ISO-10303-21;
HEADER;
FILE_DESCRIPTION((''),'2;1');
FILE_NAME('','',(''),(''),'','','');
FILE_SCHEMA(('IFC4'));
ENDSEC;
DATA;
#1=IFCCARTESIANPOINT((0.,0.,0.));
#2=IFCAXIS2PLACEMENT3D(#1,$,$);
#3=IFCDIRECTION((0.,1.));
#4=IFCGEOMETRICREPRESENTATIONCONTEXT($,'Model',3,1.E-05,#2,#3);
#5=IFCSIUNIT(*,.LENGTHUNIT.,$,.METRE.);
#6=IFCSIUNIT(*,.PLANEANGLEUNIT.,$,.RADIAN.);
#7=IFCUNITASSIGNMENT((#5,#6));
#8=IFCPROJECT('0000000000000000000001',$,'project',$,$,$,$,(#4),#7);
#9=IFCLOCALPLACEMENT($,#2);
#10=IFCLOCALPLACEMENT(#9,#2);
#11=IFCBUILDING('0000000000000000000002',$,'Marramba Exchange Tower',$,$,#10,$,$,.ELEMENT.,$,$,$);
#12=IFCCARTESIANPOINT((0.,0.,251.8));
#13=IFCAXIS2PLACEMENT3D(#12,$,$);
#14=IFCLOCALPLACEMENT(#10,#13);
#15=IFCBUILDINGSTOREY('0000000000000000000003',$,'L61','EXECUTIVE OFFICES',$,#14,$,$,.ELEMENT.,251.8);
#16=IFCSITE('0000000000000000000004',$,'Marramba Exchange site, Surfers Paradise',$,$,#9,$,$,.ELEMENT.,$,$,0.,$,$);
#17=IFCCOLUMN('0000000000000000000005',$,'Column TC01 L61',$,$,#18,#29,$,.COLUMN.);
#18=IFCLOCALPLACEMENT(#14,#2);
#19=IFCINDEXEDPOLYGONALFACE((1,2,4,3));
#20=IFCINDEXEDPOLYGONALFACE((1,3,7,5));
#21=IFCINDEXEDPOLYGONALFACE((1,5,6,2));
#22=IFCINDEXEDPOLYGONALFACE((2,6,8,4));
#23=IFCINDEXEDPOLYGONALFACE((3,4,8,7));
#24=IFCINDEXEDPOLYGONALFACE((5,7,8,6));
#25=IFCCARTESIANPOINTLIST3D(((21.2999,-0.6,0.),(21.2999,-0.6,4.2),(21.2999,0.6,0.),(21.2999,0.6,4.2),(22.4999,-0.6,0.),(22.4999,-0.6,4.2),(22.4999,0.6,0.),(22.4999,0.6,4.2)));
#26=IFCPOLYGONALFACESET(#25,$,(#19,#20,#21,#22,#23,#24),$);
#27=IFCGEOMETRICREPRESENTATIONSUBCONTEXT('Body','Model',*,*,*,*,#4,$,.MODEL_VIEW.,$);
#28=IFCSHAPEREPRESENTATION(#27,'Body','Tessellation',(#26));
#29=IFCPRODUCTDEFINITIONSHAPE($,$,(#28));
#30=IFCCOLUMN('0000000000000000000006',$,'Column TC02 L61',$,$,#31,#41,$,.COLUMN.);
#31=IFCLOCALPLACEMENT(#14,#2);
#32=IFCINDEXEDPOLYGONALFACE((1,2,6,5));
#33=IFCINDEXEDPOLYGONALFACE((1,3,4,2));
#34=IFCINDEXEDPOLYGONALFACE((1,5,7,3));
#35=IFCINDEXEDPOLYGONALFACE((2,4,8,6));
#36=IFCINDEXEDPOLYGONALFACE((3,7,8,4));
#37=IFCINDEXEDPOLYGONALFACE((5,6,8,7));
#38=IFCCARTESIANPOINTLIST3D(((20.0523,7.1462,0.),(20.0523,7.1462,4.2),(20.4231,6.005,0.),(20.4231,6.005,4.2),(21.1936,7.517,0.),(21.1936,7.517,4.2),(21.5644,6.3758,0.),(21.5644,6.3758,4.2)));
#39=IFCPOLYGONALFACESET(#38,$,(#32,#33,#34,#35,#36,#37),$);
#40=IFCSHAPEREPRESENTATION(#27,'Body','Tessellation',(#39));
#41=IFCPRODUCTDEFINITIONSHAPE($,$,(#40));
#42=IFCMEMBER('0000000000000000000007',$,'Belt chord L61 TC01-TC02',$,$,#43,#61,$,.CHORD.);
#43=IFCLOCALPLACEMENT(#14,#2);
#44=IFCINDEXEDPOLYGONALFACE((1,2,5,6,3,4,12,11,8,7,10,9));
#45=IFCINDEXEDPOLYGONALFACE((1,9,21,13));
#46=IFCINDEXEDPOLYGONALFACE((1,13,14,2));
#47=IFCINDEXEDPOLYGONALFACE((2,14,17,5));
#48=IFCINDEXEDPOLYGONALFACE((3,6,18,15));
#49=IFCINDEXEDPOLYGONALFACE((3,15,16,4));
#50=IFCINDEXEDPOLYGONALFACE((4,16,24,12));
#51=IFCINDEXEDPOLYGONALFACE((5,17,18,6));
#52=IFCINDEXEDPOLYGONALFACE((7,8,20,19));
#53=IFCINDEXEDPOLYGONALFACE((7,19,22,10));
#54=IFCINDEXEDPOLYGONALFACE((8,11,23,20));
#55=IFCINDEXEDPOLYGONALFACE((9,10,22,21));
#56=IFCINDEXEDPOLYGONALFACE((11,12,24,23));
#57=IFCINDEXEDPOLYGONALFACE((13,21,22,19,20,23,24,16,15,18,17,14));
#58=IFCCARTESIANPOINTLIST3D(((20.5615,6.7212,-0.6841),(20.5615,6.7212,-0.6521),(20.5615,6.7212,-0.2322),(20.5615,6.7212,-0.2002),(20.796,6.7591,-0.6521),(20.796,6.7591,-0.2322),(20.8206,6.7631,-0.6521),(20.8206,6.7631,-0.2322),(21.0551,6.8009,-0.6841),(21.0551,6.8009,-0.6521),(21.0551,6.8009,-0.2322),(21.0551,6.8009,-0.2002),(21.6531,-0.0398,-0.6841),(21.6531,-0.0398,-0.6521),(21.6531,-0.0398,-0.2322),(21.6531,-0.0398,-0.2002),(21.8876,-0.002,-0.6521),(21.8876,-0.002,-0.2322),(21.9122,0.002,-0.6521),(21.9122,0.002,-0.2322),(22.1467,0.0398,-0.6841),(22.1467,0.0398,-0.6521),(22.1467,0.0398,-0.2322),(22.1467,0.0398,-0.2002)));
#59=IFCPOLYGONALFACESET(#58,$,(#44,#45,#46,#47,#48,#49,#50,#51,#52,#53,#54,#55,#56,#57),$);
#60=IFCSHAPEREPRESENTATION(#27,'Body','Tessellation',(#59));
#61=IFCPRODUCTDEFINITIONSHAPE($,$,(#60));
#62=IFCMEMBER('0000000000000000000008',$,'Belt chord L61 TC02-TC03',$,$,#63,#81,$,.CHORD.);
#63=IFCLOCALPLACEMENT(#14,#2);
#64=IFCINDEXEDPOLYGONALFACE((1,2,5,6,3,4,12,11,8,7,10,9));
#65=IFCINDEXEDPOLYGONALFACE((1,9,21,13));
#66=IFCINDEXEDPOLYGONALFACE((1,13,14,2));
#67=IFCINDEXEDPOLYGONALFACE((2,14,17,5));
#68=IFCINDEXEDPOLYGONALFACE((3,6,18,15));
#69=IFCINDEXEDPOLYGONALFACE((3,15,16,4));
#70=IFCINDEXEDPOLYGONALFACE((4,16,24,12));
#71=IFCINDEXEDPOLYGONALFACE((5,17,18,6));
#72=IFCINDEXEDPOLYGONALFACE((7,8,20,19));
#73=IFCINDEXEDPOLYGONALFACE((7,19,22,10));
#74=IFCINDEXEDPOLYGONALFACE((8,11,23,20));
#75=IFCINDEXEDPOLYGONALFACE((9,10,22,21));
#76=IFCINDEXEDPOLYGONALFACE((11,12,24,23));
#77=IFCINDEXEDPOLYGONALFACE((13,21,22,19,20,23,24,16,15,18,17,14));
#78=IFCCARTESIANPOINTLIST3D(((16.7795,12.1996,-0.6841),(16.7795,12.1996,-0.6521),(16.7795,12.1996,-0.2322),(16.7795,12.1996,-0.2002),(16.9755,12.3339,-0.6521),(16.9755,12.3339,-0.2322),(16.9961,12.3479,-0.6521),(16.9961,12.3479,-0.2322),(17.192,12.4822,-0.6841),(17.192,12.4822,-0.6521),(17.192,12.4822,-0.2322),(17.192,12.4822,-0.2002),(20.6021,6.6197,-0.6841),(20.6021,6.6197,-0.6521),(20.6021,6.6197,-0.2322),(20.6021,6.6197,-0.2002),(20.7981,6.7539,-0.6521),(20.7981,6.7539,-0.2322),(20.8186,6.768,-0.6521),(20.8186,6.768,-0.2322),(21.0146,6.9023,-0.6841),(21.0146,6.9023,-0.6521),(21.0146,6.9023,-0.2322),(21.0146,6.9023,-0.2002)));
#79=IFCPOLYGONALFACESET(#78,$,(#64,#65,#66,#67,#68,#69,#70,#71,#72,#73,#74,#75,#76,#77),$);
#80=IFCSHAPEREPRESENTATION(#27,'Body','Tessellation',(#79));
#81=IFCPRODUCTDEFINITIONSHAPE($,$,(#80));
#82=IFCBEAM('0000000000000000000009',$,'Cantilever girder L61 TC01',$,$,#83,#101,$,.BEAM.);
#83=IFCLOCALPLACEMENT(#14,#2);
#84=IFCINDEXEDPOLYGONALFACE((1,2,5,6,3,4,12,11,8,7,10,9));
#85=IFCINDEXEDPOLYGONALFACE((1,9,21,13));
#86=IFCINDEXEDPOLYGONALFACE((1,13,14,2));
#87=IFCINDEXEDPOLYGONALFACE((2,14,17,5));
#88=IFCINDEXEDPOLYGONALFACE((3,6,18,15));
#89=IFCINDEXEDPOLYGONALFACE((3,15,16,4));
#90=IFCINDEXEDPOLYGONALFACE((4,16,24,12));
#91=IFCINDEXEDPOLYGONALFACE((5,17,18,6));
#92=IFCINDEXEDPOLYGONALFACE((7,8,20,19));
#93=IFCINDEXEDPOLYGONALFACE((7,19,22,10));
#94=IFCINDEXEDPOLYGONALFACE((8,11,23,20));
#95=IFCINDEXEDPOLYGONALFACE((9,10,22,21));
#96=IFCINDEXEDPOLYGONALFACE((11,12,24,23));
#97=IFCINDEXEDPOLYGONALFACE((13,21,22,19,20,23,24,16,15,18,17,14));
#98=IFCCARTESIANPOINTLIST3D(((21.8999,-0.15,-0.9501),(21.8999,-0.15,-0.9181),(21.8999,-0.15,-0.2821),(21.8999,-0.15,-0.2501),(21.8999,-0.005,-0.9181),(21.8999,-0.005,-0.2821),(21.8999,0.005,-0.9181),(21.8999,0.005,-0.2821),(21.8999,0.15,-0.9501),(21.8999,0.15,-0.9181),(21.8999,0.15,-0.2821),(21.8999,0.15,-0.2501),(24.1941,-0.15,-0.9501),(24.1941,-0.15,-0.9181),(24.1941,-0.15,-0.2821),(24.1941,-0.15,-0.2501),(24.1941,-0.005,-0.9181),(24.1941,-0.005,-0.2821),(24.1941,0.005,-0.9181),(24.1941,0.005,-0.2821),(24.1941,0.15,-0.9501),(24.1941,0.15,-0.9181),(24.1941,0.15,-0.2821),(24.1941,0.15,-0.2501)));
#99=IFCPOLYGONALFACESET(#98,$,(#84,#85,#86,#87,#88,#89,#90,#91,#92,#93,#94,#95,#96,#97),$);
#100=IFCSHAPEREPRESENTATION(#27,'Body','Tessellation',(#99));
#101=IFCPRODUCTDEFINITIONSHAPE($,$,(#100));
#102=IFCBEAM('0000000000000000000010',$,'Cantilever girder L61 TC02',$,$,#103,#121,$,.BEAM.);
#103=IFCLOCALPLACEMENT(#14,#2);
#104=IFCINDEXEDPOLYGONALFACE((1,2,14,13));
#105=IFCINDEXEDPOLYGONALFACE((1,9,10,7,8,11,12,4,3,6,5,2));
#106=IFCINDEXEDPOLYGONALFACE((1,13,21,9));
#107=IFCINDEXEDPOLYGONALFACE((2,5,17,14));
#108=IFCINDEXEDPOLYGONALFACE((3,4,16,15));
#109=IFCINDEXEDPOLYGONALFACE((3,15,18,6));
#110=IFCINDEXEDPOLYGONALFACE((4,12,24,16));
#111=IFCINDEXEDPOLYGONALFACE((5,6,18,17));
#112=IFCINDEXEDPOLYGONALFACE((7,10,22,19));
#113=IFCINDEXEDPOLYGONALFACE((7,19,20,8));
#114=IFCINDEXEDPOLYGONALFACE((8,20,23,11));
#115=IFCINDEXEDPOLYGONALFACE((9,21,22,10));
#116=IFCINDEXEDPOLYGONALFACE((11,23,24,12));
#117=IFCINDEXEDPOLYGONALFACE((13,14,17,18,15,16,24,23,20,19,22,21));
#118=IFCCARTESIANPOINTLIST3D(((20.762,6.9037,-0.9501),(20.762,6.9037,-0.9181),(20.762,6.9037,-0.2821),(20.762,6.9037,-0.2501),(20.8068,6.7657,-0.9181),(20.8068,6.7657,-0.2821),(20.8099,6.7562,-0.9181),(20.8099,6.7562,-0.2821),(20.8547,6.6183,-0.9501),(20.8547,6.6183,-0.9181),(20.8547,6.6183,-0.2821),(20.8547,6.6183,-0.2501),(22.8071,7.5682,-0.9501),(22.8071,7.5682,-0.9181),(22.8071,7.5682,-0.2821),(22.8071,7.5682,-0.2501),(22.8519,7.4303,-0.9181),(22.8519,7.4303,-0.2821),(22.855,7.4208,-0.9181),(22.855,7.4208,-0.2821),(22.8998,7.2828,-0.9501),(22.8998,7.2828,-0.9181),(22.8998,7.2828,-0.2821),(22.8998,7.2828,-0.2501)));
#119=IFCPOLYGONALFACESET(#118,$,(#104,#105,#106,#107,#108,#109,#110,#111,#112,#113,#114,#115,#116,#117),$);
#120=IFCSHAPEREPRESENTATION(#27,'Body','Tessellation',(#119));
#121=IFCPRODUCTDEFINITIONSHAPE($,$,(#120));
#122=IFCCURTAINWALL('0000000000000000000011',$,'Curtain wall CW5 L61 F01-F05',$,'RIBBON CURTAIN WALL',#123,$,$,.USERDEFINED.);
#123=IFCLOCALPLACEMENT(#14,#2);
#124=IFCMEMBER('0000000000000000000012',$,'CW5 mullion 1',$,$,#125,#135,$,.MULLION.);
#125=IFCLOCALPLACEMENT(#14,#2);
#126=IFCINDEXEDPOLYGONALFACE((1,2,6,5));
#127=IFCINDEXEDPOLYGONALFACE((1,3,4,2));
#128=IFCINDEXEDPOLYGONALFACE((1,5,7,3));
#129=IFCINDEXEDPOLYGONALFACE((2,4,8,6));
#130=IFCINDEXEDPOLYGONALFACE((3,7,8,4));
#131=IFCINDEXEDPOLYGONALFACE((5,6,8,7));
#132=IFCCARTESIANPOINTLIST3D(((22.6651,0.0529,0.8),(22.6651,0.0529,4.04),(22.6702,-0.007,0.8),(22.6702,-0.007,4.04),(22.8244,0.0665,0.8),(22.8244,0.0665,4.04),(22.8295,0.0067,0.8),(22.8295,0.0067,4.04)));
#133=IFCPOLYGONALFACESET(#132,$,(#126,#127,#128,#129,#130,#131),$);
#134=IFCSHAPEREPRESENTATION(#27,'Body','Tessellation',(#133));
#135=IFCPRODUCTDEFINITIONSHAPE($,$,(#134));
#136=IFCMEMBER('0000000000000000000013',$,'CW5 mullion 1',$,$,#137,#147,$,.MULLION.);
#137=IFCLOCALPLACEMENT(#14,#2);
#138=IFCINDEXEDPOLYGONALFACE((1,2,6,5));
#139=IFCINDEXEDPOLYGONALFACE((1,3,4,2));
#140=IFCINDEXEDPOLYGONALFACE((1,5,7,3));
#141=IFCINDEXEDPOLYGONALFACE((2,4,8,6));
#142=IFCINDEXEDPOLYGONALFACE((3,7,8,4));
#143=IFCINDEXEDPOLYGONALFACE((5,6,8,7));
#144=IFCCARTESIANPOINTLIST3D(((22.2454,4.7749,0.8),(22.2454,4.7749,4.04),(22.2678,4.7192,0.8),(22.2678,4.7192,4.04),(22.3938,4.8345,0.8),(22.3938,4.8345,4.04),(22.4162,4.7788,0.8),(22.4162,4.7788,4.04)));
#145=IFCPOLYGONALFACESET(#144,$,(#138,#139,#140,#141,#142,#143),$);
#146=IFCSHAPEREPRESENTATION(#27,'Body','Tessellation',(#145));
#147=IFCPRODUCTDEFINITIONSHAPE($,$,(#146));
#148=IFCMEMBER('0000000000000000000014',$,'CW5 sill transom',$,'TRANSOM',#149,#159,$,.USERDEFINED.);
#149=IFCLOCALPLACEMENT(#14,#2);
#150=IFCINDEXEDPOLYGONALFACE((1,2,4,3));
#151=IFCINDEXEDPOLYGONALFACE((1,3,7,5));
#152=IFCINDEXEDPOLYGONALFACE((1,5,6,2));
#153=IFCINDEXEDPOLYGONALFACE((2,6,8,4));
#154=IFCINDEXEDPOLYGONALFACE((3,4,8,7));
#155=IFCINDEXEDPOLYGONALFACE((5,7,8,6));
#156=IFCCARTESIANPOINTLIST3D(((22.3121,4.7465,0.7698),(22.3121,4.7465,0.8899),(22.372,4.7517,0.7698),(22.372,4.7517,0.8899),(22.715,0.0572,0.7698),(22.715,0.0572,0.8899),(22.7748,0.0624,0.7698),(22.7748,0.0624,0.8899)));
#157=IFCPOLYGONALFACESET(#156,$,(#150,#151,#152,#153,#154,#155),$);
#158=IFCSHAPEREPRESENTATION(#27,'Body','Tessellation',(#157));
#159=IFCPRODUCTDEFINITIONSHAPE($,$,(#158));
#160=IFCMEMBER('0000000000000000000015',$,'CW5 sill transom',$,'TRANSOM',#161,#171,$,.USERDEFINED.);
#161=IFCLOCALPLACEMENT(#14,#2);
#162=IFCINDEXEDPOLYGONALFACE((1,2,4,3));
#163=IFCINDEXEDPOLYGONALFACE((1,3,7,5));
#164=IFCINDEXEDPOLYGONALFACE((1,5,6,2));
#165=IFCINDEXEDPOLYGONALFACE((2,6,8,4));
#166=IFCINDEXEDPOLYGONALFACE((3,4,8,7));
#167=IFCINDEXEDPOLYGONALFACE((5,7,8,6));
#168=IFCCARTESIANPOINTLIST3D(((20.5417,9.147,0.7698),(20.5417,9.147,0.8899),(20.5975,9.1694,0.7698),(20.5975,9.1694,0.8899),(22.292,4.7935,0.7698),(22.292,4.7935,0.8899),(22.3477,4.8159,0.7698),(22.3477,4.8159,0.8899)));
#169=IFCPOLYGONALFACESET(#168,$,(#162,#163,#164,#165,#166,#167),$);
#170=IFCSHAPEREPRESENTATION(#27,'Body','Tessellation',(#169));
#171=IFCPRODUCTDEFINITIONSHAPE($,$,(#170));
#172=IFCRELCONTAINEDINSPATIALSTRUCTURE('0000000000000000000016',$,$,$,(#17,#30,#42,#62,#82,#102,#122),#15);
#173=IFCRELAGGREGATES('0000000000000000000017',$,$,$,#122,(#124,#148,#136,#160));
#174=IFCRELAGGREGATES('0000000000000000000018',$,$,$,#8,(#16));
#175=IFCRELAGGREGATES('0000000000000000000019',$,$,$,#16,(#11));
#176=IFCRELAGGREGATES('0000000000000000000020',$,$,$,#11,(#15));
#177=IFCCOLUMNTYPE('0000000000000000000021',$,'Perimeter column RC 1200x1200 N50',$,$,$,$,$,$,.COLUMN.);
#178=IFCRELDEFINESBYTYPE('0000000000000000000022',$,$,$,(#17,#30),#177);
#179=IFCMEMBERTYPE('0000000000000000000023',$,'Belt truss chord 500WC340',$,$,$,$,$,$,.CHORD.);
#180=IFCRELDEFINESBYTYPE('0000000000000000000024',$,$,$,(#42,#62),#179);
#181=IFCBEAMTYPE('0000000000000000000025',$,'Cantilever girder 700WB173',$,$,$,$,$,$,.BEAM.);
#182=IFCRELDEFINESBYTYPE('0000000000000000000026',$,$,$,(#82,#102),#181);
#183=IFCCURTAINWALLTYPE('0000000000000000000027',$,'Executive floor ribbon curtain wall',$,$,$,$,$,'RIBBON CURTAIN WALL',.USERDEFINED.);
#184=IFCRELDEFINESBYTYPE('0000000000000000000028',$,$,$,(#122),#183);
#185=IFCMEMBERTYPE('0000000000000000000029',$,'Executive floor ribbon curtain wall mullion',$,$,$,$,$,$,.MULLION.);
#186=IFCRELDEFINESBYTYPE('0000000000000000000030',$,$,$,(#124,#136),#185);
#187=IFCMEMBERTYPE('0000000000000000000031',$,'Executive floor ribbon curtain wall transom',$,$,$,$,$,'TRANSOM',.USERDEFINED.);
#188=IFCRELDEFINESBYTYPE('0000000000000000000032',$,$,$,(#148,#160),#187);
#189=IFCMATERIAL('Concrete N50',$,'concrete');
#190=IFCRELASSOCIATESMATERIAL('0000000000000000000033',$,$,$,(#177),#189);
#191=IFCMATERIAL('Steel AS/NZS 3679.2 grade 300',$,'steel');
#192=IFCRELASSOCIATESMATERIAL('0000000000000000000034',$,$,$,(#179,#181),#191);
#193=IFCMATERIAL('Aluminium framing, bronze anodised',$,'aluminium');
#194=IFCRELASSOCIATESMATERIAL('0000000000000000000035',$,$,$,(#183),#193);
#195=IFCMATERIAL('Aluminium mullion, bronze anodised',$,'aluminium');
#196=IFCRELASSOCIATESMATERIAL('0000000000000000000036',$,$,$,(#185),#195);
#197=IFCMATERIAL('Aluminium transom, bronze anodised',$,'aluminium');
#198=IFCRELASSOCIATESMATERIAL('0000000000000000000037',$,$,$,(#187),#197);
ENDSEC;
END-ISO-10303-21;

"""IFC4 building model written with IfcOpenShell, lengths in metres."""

from ifc_helpers import new_model, si_unit, direction, frame, origin, origin_2d, place, context, subcontext, project, spatial, rectangle, i_section, extrude, material, material_profile, profile_set, type_object, element, aggregate, save


model = new_model("IFC4")

# Units and contexts
model_context = context("Model", 3, precision=1e-05, world=origin(), true_north=direction((0.0, 1.0)))
body_context = subcontext(model_context, "Body", "Model", "MODEL_VIEW")
ifc_project = project(units=[si_unit("LENGTHUNIT", "METRE"), si_unit("PLANEANGLEUNIT", "RADIAN")], contexts=[model_context])

# Site, building, storey
site_placement = place(None, origin())
site = spatial("IfcSite", under=ifc_project, at=site_placement, Name="Marramba Exchange site, Surfers Paradise", CompositionType="ELEMENT", RefElevation=0.0)
building_placement = place(site_placement, origin())
building = spatial("IfcBuilding", under=site, at=building_placement, Name="Marramba Exchange Tower", CompositionType="ELEMENT")
storey_placement = place(building_placement, frame((0.0, 0.0, 251.8)))
storey = spatial("IfcBuildingStorey", under=building, at=storey_placement, Name="L61", Description="EXECUTIVE OFFICES", CompositionType="ELEMENT", Elevation=251.8)

# Columns
ifc_material_1 = material(Name="Concrete N50", Category="concrete")
ifc_material_profile_1 = material_profile(ifc_material_1, rectangle(XDim=1.2, YDim=1.2, at=origin_2d()), Name="RC 1200x1200")
ifc_profile_set_1 = profile_set([ifc_material_profile_1], Name="Concrete N50")
column_type = type_object("IfcColumnType", Name="Perimeter column RC 1200x1200 N50", PredefinedType="COLUMN", material=ifc_profile_set_1)
for number, where, z_axis, x_axis, name in (
    (1, (21.8999, 0.0, 0.0), (0.0, 0.0, 1.0), (1.0, 0.0, 0.0), "Column TC01 L61"),
    (2, (20.8083, 6.761, 0.0), (0.0, 0.0, 1.0), (0.951057, 0.309017, 0.0), "Column TC02 L61"),
):
    element("IfcColumn", number, at=place(storey_placement, frame(where, z_axis=z_axis, x_axis=x_axis)), inside=storey, type_object=column_type, Name=name, PredefinedType="COLUMN", context=body_context, shape_type="SweptSolid", body=[
        extrude(rectangle(XDim=1.2, YDim=1.2, at=origin_2d()), origin(), (0.0, 0.0, 1.0), 4.2),
    ])

# Members
ifc_material_2 = material(Name="Steel AS/NZS 3679.2 grade 300", Category="steel")
ifc_material_profile_2 = material_profile(ifc_material_2, i_section(OverallWidth=0.5, OverallDepth=0.4839, WebThickness=0.0249, FlangeThickness=0.032, at=origin_2d()), Name="500WC340")
ifc_profile_set_2 = profile_set([ifc_material_profile_2], Name="Steel AS/NZS 3679.2 grade 300")
member_type_1 = type_object("IfcMemberType", Name="Belt truss chord 500WC340", PredefinedType="CHORD", material=ifc_profile_set_2)
member_1_placement = place(storey_placement, frame((21.8999, 0.0, -0.4421), z_axis=(-0.159385, 0.987217, 0.0), x_axis=(-0.987217, -0.159385, 0.0)))
element("IfcMember", 3, at=member_1_placement, inside=storey, type_object=member_type_1, Name="Belt chord L61 TC01-TC02", PredefinedType="CHORD", context=body_context, shape_type="SweptSolid", body=[
    extrude(i_section(OverallWidth=0.5, OverallDepth=0.4839, WebThickness=0.0249, FlangeThickness=0.032, at=origin_2d()), origin(), (0.0, 0.0, 1.0), 6.8486),
])
member_2_placement = place(storey_placement, frame((20.8083, 6.761, -0.4421), z_axis=(-0.56516, 0.824981, 0.0), x_axis=(-0.824981, -0.56516, 0.0)))
element("IfcMember", 4, at=member_2_placement, inside=storey, type_object=member_type_1, Name="Belt chord L61 TC02-TC03", PredefinedType="CHORD", context=body_context, shape_type="SweptSolid", body=[
    extrude(i_section(OverallWidth=0.5, OverallDepth=0.4839, WebThickness=0.0249, FlangeThickness=0.032, at=origin_2d()), origin(), (0.0, 0.0, 1.0), 6.7637),
])

# Beams
ifc_material_profile_3 = material_profile(ifc_material_2, i_section(OverallWidth=0.3, OverallDepth=0.7, WebThickness=0.01, FlangeThickness=0.032, at=origin_2d()), Name="700WB173")
ifc_profile_set_3 = profile_set([ifc_material_profile_3], Name="Steel AS/NZS 3679.2 grade 300")
beam_type_1 = type_object("IfcBeamType", Name="Cantilever girder 700WB173", PredefinedType="BEAM", material=ifc_profile_set_3)
beam_1_placement = place(storey_placement, frame((21.8999, 0.0, -0.6001), z_axis=(1.0, 0.0, 0.0), x_axis=(0.0, 1.0, 0.0)))
element("IfcBeam", 5, at=beam_1_placement, inside=storey, type_object=beam_type_1, Name="Cantilever girder L61 TC01", PredefinedType="BEAM", context=body_context, shape_type="SweptSolid", body=[
    extrude(i_section(OverallWidth=0.3, OverallDepth=0.7, WebThickness=0.01, FlangeThickness=0.032, at=origin_2d()), origin(), (0.0, 0.0, 1.0), 2.2942),
])
beam_2_placement = place(storey_placement, frame((20.8083, 6.761, -0.6001), z_axis=(0.951052, 0.309032, 0.0), x_axis=(-0.309032, 0.951052, 0.0)))
element("IfcBeam", 6, at=beam_2_placement, inside=storey, type_object=beam_type_1, Name="Cantilever girder L61 TC02", PredefinedType="BEAM", context=body_context, shape_type="SweptSolid", body=[
    extrude(i_section(OverallWidth=0.3, OverallDepth=0.7, WebThickness=0.01, FlangeThickness=0.032, at=origin_2d()), origin(), (0.0, 0.0, 1.0), 2.1504),
])

# Curtain wall, members
ifc_material_3 = material(Name="Aluminium framing, bronze anodised", Category="aluminium")
curtain_wall_type = type_object("IfcCurtainWallType", Name="Executive floor ribbon curtain wall", ElementType="RIBBON CURTAIN WALL", PredefinedType="USERDEFINED", material=ifc_material_3)
curtain_wall_placement = place(storey_placement, origin())
curtain_wall = element("IfcCurtainWall", 7, at=curtain_wall_placement, inside=storey, type_object=curtain_wall_type, Name="Curtain wall CW5 L61 F01-F05", ObjectType="RIBBON CURTAIN WALL", PredefinedType="USERDEFINED")
ifc_material_4 = material(Name="Aluminium mullion, bronze anodised", Category="aluminium")
ifc_material_profile_4 = material_profile(ifc_material_4, rectangle(XDim=0.1599, YDim=0.0601, at=origin_2d()), Name="CW5 mullion 60x160")
ifc_profile_set_4 = profile_set([ifc_material_profile_4], Name="Aluminium mullion, bronze anodised")
member_type_2 = type_object("IfcMemberType", Name="Executive floor ribbon curtain wall mullion", PredefinedType="MULLION", material=ifc_profile_set_4)
member_3_placement = place(storey_placement, frame((22.7473, 0.0298, 0.8), z_axis=(0.0, 0.0, 1.0), x_axis=(-0.996332, -0.085574, 0.0)))
member_3 = element("IfcMember", 8, at=member_3_placement, type_object=member_type_2, Name="CW5 mullion 1", PredefinedType="MULLION", context=body_context, shape_type="SweptSolid", body=[
    extrude(rectangle(XDim=0.1599, YDim=0.0601, at=origin_2d()), origin(), (0.0, 0.0, 1.0), 3.24),
])
member_4_placement = place(storey_placement, frame((22.3308, 4.7769, 0.8), z_axis=(0.0, 0.0, 1.0), x_axis=(-0.927838, -0.372983, 0.0)))
member_4 = element("IfcMember", 9, at=member_4_placement, type_object=member_type_2, Name="CW5 mullion 1", PredefinedType="MULLION", context=body_context, shape_type="SweptSolid", body=[
    extrude(rectangle(XDim=0.1599, YDim=0.0601, at=origin_2d()), origin(), (0.0, 0.0, 1.0), 3.24),
])
ifc_material_5 = material(Name="Aluminium transom, bronze anodised", Category="aluminium")
ifc_material_profile_5 = material_profile(ifc_material_5, rectangle(XDim=0.0601, YDim=0.1201, at=origin_2d()), Name="CW5 transom 60x120")
ifc_profile_set_5 = profile_set([ifc_material_profile_5], Name="Aluminium transom, bronze anodised")
member_type_3 = type_object("IfcMemberType", Name="Executive floor ribbon curtain wall transom", ElementType="TRANSOM", PredefinedType="USERDEFINED", material=ifc_profile_set_5)
member_5_placement = place(storey_placement, frame((22.7449, 0.0598, 0.8298), z_axis=(-0.085591, 0.99633, 0.0), x_axis=(-0.99633, -0.085591, 0.0)))
member_5 = element("IfcMember", 10, at=member_5_placement, type_object=member_type_3, Name="CW5 sill transom", ObjectType="TRANSOM", PredefinedType="USERDEFINED", context=body_context, shape_type="SweptSolid", body=[
    extrude(rectangle(XDim=0.0601, YDim=0.1201, at=origin_2d()), origin(), (0.0, 0.0, 1.0), 4.7065),
])
member_6_placement = place(storey_placement, frame((22.3198, 4.8047, 0.8298), z_axis=(-0.373014, 0.927826, 0.0), x_axis=(-0.927826, -0.373014, 0.0)))
member_6 = element("IfcMember", 11, at=member_6_placement, type_object=member_type_3, Name="CW5 sill transom", ObjectType="TRANSOM", PredefinedType="USERDEFINED", context=body_context, shape_type="SweptSolid", body=[
    extrude(rectangle(XDim=0.0601, YDim=0.1201, at=origin_2d()), origin(), (0.0, 0.0, 1.0), 4.6921),
])

aggregate(curtain_wall, [member_3, member_5, member_4, member_6])

save(model, "model.ifc")
